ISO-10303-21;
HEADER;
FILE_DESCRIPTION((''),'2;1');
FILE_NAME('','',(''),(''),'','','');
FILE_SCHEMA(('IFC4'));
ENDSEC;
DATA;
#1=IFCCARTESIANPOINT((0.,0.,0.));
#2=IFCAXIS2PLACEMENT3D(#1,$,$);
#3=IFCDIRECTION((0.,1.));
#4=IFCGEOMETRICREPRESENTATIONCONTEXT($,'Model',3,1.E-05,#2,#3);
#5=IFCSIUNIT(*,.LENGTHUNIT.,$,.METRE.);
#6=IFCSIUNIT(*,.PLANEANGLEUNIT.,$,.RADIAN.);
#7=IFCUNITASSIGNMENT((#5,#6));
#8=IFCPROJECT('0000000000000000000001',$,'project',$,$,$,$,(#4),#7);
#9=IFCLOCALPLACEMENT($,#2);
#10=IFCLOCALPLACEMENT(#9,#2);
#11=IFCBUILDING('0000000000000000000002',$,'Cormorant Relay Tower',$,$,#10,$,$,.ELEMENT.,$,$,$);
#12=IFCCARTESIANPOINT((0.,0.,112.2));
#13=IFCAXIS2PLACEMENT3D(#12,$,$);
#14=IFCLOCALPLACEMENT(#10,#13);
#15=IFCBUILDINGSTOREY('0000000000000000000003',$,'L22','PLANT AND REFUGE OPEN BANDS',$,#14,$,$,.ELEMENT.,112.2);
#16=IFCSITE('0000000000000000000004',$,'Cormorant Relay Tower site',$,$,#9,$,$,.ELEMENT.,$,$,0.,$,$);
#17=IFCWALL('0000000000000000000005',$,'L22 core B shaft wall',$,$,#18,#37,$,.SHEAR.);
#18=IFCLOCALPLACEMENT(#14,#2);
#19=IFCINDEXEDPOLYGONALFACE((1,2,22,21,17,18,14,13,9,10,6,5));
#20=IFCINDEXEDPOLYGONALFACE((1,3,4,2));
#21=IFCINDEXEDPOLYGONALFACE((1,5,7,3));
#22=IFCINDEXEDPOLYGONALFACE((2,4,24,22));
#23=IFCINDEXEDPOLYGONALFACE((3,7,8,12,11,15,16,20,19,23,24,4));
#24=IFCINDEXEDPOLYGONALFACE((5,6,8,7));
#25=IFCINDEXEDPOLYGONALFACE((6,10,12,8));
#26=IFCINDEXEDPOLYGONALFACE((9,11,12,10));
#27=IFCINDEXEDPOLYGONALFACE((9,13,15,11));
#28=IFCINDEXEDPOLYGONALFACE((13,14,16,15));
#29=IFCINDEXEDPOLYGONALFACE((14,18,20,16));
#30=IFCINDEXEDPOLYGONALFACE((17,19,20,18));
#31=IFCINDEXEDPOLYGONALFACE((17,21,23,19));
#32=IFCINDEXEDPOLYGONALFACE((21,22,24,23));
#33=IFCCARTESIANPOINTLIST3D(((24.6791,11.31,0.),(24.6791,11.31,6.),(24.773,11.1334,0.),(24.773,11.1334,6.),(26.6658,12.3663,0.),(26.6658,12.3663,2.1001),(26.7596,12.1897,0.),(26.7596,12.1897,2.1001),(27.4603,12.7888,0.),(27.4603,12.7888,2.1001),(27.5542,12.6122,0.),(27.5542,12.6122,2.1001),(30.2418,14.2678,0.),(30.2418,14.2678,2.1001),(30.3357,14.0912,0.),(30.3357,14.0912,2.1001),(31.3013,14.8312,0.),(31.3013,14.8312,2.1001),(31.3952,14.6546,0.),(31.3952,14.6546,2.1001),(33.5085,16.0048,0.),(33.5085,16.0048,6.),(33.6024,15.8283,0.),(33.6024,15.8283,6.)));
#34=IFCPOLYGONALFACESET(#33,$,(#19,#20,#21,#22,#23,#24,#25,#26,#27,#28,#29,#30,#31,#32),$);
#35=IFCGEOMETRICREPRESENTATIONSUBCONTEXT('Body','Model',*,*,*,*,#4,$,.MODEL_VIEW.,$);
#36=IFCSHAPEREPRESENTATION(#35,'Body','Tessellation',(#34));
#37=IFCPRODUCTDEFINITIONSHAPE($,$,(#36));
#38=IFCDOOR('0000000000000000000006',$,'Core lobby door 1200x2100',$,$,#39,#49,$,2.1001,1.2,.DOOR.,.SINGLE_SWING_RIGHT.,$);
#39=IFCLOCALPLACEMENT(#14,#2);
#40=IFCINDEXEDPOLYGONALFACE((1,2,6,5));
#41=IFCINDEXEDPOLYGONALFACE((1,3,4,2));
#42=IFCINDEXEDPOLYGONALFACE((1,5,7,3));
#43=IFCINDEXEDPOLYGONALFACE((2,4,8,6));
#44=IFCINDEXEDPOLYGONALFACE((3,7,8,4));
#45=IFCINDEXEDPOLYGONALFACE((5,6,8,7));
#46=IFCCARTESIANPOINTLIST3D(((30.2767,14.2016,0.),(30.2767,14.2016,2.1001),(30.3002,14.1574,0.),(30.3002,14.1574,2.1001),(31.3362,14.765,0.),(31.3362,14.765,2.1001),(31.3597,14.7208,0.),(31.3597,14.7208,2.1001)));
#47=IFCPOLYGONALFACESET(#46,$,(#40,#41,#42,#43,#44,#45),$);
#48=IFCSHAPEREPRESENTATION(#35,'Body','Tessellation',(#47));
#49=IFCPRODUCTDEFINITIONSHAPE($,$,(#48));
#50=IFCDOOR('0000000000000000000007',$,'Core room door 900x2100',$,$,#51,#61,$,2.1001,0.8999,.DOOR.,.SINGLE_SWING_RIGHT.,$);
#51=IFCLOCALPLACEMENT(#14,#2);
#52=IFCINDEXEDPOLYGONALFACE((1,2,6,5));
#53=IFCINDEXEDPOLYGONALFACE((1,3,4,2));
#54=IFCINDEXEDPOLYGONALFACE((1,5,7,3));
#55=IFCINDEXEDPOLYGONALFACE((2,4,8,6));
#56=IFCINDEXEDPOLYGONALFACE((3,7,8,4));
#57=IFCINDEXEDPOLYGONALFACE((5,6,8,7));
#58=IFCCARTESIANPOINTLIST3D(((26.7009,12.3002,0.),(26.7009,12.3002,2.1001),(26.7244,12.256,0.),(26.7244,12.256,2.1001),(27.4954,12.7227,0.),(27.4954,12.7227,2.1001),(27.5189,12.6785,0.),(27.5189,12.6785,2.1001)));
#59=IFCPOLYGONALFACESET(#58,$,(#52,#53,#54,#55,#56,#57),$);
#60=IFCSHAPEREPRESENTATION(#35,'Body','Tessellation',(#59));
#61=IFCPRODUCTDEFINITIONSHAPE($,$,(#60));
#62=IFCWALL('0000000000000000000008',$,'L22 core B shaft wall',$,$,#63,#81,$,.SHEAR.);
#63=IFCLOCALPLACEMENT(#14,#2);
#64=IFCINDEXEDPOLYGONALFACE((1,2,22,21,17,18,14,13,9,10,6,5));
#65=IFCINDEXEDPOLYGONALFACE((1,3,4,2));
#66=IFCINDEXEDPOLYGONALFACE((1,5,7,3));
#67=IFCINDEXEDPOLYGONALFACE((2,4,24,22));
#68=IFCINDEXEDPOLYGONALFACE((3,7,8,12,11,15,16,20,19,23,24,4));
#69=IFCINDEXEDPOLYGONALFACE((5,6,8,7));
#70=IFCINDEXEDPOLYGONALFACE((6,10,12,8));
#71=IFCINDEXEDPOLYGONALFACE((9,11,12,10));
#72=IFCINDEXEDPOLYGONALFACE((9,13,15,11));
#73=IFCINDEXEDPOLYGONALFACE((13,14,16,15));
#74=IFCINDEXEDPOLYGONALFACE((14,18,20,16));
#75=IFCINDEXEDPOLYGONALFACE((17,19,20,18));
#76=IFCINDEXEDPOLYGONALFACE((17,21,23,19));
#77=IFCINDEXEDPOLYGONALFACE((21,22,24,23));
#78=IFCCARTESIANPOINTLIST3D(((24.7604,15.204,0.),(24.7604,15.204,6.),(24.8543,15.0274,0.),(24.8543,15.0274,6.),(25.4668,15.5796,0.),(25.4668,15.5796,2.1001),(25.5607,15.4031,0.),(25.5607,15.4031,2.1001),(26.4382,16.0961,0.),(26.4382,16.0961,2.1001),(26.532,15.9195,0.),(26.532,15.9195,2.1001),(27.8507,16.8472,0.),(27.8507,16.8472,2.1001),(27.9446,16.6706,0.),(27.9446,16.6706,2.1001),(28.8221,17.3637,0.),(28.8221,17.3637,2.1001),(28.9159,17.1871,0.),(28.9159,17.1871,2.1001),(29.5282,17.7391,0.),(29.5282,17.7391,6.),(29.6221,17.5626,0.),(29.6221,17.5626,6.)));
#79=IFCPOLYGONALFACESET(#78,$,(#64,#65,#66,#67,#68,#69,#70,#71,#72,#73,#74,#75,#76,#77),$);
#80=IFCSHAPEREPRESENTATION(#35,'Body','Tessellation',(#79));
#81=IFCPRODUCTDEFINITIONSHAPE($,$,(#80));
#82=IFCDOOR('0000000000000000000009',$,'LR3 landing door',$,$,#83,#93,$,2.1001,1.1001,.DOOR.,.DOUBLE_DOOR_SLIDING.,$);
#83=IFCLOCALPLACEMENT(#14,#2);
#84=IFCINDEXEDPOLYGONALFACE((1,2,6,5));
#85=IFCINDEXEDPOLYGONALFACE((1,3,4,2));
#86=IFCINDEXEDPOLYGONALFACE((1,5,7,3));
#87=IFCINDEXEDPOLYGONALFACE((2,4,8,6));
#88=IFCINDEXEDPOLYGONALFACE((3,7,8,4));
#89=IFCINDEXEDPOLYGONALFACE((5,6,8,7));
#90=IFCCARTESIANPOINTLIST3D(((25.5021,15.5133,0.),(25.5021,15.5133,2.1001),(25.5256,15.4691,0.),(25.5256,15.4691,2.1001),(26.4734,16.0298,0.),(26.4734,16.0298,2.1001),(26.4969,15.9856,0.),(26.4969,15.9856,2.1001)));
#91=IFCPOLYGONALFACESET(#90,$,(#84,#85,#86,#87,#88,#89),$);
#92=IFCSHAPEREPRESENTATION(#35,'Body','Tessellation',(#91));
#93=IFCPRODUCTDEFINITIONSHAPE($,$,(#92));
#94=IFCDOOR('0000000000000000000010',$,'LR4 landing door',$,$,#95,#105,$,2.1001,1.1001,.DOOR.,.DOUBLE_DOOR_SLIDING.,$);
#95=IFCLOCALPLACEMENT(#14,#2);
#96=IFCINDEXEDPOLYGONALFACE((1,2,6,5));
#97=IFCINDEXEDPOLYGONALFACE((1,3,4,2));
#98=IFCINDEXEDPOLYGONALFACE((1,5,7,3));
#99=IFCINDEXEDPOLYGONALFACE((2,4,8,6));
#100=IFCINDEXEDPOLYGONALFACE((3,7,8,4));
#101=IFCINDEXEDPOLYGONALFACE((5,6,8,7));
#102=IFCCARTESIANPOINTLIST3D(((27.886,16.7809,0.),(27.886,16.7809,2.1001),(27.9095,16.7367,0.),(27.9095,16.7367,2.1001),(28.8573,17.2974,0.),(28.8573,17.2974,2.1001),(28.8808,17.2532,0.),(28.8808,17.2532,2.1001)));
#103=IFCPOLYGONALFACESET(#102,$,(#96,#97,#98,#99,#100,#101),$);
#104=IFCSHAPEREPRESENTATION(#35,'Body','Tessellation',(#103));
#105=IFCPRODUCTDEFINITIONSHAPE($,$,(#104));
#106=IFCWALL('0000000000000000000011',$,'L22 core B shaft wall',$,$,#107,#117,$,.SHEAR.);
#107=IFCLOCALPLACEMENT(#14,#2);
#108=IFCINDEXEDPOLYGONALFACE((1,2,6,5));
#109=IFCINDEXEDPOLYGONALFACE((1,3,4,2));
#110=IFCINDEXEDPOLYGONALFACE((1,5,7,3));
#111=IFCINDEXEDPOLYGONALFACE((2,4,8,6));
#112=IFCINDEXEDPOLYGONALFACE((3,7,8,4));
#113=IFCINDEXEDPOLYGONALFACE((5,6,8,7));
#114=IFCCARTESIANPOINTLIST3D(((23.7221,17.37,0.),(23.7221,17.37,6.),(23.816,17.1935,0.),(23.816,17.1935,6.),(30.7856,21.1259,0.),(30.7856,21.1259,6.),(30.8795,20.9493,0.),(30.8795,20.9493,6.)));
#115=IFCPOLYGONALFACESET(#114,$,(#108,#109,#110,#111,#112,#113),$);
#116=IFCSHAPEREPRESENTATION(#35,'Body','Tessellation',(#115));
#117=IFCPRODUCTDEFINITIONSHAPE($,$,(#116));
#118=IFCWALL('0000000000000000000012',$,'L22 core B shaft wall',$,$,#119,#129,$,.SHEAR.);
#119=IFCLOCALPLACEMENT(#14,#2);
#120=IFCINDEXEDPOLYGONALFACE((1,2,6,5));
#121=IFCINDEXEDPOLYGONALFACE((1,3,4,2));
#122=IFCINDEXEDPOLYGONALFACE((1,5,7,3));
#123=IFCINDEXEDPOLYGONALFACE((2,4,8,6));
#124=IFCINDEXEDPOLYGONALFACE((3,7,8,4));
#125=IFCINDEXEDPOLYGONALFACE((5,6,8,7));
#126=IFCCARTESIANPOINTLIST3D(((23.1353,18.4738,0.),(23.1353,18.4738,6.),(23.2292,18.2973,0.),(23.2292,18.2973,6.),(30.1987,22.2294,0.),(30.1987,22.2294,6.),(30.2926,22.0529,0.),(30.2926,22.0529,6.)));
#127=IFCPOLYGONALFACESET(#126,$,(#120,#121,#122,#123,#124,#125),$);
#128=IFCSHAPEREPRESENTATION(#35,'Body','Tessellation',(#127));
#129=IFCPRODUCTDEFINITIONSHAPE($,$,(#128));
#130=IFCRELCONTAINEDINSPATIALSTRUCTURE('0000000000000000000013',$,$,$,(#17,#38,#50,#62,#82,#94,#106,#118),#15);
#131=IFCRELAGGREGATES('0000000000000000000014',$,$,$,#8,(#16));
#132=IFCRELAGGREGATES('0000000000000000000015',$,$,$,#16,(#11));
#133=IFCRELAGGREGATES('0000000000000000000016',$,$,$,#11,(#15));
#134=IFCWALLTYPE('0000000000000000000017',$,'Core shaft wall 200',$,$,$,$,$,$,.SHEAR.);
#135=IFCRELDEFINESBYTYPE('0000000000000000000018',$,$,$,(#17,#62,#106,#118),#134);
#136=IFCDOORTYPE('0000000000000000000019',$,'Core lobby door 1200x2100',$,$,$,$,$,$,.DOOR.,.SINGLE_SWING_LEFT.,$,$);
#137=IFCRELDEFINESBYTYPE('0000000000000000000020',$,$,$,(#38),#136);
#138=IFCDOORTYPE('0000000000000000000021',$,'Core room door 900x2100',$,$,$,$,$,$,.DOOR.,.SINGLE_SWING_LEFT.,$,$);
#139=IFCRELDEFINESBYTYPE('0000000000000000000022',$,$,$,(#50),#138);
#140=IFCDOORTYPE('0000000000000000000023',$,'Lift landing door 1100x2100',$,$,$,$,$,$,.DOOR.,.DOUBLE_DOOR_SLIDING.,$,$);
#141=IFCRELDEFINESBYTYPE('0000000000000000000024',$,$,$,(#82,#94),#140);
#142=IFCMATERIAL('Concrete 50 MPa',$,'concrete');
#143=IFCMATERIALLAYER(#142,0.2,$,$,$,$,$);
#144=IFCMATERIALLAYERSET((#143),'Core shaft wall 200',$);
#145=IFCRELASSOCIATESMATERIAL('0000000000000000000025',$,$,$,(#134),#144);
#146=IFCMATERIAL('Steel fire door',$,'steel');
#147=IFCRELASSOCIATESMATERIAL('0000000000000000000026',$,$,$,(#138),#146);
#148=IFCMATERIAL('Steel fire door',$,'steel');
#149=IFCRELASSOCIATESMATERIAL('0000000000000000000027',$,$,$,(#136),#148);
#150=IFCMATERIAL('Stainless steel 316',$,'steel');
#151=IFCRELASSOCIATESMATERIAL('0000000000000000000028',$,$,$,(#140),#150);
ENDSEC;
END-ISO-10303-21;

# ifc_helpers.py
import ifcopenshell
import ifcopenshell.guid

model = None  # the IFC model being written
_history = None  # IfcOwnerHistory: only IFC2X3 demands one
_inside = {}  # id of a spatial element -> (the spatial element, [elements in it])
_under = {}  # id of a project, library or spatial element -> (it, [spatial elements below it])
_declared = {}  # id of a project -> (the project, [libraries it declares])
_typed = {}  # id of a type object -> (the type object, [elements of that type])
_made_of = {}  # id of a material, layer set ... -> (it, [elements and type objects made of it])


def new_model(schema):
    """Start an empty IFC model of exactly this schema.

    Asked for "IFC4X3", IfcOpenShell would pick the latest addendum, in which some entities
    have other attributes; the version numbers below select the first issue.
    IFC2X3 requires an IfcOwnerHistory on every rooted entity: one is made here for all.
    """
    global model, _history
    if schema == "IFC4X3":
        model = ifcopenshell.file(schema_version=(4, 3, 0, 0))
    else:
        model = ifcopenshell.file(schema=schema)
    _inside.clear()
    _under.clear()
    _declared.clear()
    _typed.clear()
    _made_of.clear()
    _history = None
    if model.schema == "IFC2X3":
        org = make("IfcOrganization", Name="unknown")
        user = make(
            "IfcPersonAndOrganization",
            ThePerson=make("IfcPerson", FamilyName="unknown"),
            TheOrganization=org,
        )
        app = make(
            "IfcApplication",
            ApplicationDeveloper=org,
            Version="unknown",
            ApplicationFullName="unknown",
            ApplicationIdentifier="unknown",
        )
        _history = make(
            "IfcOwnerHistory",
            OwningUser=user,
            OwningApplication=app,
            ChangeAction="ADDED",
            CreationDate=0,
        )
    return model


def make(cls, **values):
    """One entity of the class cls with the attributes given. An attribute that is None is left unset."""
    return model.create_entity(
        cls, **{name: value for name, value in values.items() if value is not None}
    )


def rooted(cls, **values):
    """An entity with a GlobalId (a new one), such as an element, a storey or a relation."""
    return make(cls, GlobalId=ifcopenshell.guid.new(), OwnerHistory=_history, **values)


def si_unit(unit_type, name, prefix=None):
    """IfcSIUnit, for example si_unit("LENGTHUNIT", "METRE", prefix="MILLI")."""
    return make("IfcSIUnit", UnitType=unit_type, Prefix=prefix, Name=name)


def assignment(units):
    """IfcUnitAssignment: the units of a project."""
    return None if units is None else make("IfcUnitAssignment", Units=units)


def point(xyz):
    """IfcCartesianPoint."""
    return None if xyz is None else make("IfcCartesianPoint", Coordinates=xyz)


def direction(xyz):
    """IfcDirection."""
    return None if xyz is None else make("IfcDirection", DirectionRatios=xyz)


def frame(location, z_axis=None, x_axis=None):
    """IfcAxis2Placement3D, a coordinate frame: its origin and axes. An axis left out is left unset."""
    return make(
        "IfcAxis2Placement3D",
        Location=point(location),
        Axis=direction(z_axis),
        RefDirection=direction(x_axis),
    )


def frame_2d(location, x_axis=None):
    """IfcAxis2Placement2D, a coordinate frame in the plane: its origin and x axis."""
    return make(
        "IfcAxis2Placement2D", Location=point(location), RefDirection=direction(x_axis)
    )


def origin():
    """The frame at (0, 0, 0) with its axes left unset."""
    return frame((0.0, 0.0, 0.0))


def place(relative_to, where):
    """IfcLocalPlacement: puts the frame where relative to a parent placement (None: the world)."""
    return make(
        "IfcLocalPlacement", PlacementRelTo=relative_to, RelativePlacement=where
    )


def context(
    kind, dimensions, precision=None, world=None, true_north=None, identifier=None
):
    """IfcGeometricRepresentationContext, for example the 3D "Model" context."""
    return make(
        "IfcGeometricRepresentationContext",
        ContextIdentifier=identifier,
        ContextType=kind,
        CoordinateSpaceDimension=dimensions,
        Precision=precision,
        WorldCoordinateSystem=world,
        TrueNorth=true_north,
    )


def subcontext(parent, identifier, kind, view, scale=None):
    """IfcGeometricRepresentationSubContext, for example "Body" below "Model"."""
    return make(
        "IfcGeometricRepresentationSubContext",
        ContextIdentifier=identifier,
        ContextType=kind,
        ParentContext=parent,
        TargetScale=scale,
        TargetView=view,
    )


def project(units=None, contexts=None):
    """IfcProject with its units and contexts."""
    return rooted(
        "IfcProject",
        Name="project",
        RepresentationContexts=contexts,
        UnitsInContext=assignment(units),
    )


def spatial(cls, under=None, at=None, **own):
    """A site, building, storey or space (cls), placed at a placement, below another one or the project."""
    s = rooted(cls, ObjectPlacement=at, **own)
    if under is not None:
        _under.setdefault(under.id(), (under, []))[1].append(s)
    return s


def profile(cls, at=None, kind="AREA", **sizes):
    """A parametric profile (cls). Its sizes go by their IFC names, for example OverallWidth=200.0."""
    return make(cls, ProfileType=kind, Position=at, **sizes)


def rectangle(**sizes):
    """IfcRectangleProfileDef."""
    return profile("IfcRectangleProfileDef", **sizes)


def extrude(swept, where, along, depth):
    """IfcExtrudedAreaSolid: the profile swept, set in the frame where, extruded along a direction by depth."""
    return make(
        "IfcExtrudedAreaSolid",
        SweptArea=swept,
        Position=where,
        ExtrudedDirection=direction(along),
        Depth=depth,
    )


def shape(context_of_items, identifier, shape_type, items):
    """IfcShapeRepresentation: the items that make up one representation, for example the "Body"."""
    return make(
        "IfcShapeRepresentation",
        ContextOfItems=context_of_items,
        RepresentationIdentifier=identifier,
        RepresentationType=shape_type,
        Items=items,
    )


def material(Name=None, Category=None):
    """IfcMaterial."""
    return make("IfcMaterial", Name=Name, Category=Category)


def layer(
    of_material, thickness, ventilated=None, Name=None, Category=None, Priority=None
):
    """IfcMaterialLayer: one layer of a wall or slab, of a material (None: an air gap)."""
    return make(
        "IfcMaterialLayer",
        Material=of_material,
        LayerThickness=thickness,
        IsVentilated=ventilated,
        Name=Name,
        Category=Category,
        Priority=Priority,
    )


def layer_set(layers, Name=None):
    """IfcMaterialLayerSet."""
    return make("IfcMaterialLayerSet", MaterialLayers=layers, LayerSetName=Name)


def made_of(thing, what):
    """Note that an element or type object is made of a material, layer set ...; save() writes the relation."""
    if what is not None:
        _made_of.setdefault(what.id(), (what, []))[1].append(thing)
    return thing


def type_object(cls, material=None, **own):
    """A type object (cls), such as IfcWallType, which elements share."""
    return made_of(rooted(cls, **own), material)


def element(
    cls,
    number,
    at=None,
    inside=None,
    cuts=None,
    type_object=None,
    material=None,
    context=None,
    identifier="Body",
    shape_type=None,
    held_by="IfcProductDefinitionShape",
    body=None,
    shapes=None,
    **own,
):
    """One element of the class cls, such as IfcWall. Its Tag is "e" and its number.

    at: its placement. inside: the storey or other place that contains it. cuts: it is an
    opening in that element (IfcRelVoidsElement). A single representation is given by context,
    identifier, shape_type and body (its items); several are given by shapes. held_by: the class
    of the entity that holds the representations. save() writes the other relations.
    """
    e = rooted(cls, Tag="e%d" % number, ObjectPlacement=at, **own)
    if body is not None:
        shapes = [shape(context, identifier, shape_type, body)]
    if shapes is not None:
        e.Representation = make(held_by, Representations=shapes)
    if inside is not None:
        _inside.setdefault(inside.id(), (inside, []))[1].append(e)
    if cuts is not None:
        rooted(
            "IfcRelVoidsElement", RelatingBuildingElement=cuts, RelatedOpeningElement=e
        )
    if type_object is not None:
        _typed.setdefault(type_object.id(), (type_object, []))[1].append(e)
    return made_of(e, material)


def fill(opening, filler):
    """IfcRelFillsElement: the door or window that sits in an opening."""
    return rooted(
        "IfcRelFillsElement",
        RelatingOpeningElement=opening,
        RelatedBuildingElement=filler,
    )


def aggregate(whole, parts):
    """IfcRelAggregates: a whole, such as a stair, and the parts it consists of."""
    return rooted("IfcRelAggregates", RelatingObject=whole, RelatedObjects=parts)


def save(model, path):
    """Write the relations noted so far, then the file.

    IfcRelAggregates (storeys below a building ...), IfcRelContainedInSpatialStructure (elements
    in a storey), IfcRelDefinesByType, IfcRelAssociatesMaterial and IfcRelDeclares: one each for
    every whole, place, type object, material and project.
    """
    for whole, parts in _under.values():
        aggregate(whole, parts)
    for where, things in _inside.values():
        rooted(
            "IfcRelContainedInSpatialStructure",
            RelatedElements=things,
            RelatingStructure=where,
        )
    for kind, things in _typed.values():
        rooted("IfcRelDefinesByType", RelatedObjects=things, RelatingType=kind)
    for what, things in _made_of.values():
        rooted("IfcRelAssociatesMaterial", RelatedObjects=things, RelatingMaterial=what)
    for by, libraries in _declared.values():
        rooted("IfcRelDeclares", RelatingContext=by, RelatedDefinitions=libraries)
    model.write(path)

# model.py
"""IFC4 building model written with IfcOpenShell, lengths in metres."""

from ifc_helpers import new_model, si_unit, direction, frame, frame_2d, origin, place, context, subcontext, project, spatial, rectangle, extrude, material, layer, layer_set, type_object, element, fill, save


model = new_model("IFC4")

# Units and contexts
model_context = context("Model", 3, precision=1e-05, world=origin(), true_north=direction((0.0, 1.0)))
body_context = subcontext(model_context, "Body", "Model", "MODEL_VIEW")
ifc_project = project(units=[si_unit("LENGTHUNIT", "METRE"), si_unit("PLANEANGLEUNIT", "RADIAN")], contexts=[model_context])

# Site, building, storey
site_placement = place(None, origin())
site = spatial("IfcSite", under=ifc_project, at=site_placement, Name="Cormorant Relay Tower site", CompositionType="ELEMENT", RefElevation=0.0)
building_placement = place(site_placement, origin())
building = spatial("IfcBuilding", under=site, at=building_placement, Name="Cormorant Relay Tower", CompositionType="ELEMENT")
storey_placement = place(building_placement, frame((0.0, 0.0, 112.2)))
storey = spatial("IfcBuildingStorey", under=building, at=storey_placement, Name="L22", Description="PLANT AND REFUGE OPEN BANDS", CompositionType="ELEMENT", Elevation=112.2)

# Shared definitions
ifc_material_1 = material(Name="Concrete 50 MPa", Category="concrete")
ifc_layer_1 = layer(ifc_material_1, 0.2)
ifc_layer_set_1 = layer_set([ifc_layer_1], Name="Core shaft wall 200")
wall_type_1 = type_object("IfcWallType", Name="Core shaft wall 200", PredefinedType="SHEAR", material=ifc_layer_set_1)

# Shared definitions
ifc_material_2 = material(Name="Steel fire door", Category="steel")
door_type_1 = type_object("IfcDoorType", Name="Core room door 900x2100", OperationType="SINGLE_SWING_LEFT", PredefinedType="DOOR", material=ifc_material_2)

# Walls, openings, doors
wall_1_placement = place(storey_placement, frame((24.7261, 11.2217, 0.0), z_axis=(0.0, 0.0, 1.0), x_axis=(0.88294, 0.469485, 0.0)))
wall_1 = element("IfcWall", 1, at=wall_1_placement, inside=storey, type_object=wall_type_1, Name="L22 core B shaft wall", PredefinedType="SHEAR", context=body_context, shape_type="SweptSolid", body=[
    extrude(rectangle(XDim=10.0, YDim=0.2, at=frame_2d((5.0, 0.0))), origin(), (0.0, 0.0, 1.0), 6.0),
])
opening_1_placement = place(wall_1_placement, frame((6.3, 0.0, 0.0)))
opening_1 = element("IfcOpeningElement", 2, at=opening_1_placement, cuts=wall_1, PredefinedType="OPENING", context=body_context, shape_type="SweptSolid", body=[
    extrude(rectangle(XDim=1.2, YDim=2.1001, at=frame_2d((0.6001, 1.05))), frame((0.0, 0.1099, 0.0), z_axis=(0.0, -1.0, 0.0), x_axis=(1.0, 0.0, 0.0)), (0.0, 0.0, 1.0), 0.22),
])
opening_2_placement = place(wall_1_placement, frame((2.25, 0.0, 0.0)))
opening_2 = element("IfcOpeningElement", 3, at=opening_2_placement, cuts=wall_1, PredefinedType="OPENING", context=body_context, shape_type="SweptSolid", body=[
    extrude(rectangle(XDim=0.8999, YDim=2.1001, at=frame_2d((0.45, 1.05))), frame((0.0, 0.1099, 0.0), z_axis=(0.0, -1.0, 0.0), x_axis=(1.0, 0.0, 0.0)), (0.0, 0.0, 1.0), 0.22),
])
ifc_material_3 = material(Name="Steel fire door", Category="steel")
door_type_2 = type_object("IfcDoorType", Name="Core lobby door 1200x2100", OperationType="SINGLE_SWING_LEFT", PredefinedType="DOOR", material=ifc_material_3)
door_1_placement = place(opening_1_placement, frame((1.2, 0.0, 0.0), z_axis=(0.0, 0.0, 1.0), x_axis=(-1.0, 0.0, 0.0)))
door_1 = element("IfcDoor", 4, at=door_1_placement, inside=storey, type_object=door_type_2, Name="Core lobby door 1200x2100", OperationType="SINGLE_SWING_RIGHT", OverallHeight=2.1001, OverallWidth=1.2, PredefinedType="DOOR", context=body_context, shape_type="SweptSolid", body=[
    extrude(rectangle(XDim=1.2, YDim=2.1001, at=frame_2d((0.6001, 1.05))), frame((0.0, 0.0249, 0.0), z_axis=(0.0, -1.0, 0.0), x_axis=(1.0, 0.0, 0.0)), (0.0, 0.0, 1.0), 0.05),
])
fill(opening_1, door_1)
door_2_placement = place(opening_2_placement, frame((0.8999, 0.0, 0.0), z_axis=(0.0, 0.0, 1.0), x_axis=(-1.0, 0.0, 0.0)))
door_2 = element("IfcDoor", 5, at=door_2_placement, inside=storey, type_object=door_type_1, Name="Core room door 900x2100", OperationType="SINGLE_SWING_RIGHT", OverallHeight=2.1001, OverallWidth=0.8999, PredefinedType="DOOR", context=body_context, shape_type="SweptSolid", body=[
    extrude(rectangle(XDim=0.8999, YDim=2.1001, at=frame_2d((0.45, 1.05))), frame((0.0, 0.0249, 0.0), z_axis=(0.0, -1.0, 0.0), x_axis=(1.0, 0.0, 0.0)), (0.0, 0.0, 1.0), 0.05),
])
fill(opening_2, door_2)
wall_2_placement = place(storey_placement, frame((24.8074, 15.1157, 0.0), z_axis=(0.0, 0.0, 1.0), x_axis=(0.882943, 0.46948, 0.0)))
wall_2 = element("IfcWall", 6, at=wall_2_placement, inside=storey, type_object=wall_type_1, Name="L22 core B shaft wall", PredefinedType="SHEAR", context=body_context, shape_type="SweptSolid", body=[
    extrude(rectangle(XDim=5.3999, YDim=0.2, at=frame_2d((2.7, 0.0))), origin(), (0.0, 0.0, 1.0), 6.0),
])
opening_3_placement = place(wall_2_placement, frame((0.8, 0.0, 0.0)))
opening_3 = element("IfcOpeningElement", 7, at=opening_3_placement, cuts=wall_2, PredefinedType="OPENING", context=body_context, shape_type="SweptSolid", body=[
    extrude(rectangle(XDim=1.1001, YDim=2.1001, at=frame_2d((0.55, 1.05))), frame((0.0, 0.1099, 0.0), z_axis=(0.0, -1.0, 0.0), x_axis=(1.0, 0.0, 0.0)), (0.0, 0.0, 1.0), 0.22),
])
opening_4_placement = place(wall_2_placement, frame((3.5, 0.0, 0.0)))
opening_4 = element("IfcOpeningElement", 8, at=opening_4_placement, cuts=wall_2, PredefinedType="OPENING", context=body_context, shape_type="SweptSolid", body=[
    extrude(rectangle(XDim=1.1001, YDim=2.1001, at=frame_2d((0.55, 1.05))), frame((0.0, 0.1099, 0.0), z_axis=(0.0, -1.0, 0.0), x_axis=(1.0, 0.0, 0.0)), (0.0, 0.0, 1.0), 0.22),
])
ifc_material_4 = material(Name="Stainless steel 316", Category="steel")
door_type_3 = type_object("IfcDoorType", Name="Lift landing door 1100x2100", OperationType="DOUBLE_DOOR_SLIDING", PredefinedType="DOOR", material=ifc_material_4)
door_3_placement = place(opening_3_placement, origin())
door_3 = element("IfcDoor", 9, at=door_3_placement, inside=storey, type_object=door_type_3, Name="LR3 landing door", OperationType="DOUBLE_DOOR_SLIDING", OverallHeight=2.1001, OverallWidth=1.1001, PredefinedType="DOOR", context=body_context, shape_type="SweptSolid", body=[
    extrude(rectangle(XDim=1.1001, YDim=2.1001, at=frame_2d((0.55, 1.05))), frame((0.0, 0.0249, 0.0), z_axis=(0.0, -1.0, 0.0), x_axis=(1.0, 0.0, 0.0)), (0.0, 0.0, 1.0), 0.05),
])
fill(opening_3, door_3)
door_4_placement = place(opening_4_placement, origin())
door_4 = element("IfcDoor", 10, at=door_4_placement, inside=storey, type_object=door_type_3, Name="LR4 landing door", OperationType="DOUBLE_DOOR_SLIDING", OverallHeight=2.1001, OverallWidth=1.1001, PredefinedType="DOOR", context=body_context, shape_type="SweptSolid", body=[
    extrude(rectangle(XDim=1.1001, YDim=2.1001, at=frame_2d((0.55, 1.05))), frame((0.0, 0.0249, 0.0), z_axis=(0.0, -1.0, 0.0), x_axis=(1.0, 0.0, 0.0)), (0.0, 0.0, 1.0), 0.05),
])
fill(opening_4, door_4)

# Walls
wall_3_placement = place(storey_placement, frame((23.769, 17.2817, 0.0), z_axis=(0.0, 0.0, 1.0), x_axis=(0.88294, 0.469485, 0.0)))
element("IfcWall", 11, at=wall_3_placement, inside=storey, type_object=wall_type_1, Name="L22 core B shaft wall", PredefinedType="SHEAR", context=body_context, shape_type="SweptSolid", body=[
    extrude(rectangle(XDim=8.0, YDim=0.2, at=frame_2d((4.0, 0.0))), origin(), (0.0, 0.0, 1.0), 6.0),
])
wall_4_placement = place(storey_placement, frame((23.1821, 18.3855, 0.0), z_axis=(0.0, 0.0, 1.0), x_axis=(0.882953, 0.469462, 0.0)))
element("IfcWall", 12, at=wall_4_placement, inside=storey, type_object=wall_type_1, Name="L22 core B shaft wall", PredefinedType="SHEAR", context=body_context, shape_type="SweptSolid", body=[
    extrude(rectangle(XDim=7.9998, YDim=0.2, at=frame_2d((4.0, 0.0))), origin(), (0.0, 0.0, 1.0), 6.0),
])

save(model, "model.ifc")
